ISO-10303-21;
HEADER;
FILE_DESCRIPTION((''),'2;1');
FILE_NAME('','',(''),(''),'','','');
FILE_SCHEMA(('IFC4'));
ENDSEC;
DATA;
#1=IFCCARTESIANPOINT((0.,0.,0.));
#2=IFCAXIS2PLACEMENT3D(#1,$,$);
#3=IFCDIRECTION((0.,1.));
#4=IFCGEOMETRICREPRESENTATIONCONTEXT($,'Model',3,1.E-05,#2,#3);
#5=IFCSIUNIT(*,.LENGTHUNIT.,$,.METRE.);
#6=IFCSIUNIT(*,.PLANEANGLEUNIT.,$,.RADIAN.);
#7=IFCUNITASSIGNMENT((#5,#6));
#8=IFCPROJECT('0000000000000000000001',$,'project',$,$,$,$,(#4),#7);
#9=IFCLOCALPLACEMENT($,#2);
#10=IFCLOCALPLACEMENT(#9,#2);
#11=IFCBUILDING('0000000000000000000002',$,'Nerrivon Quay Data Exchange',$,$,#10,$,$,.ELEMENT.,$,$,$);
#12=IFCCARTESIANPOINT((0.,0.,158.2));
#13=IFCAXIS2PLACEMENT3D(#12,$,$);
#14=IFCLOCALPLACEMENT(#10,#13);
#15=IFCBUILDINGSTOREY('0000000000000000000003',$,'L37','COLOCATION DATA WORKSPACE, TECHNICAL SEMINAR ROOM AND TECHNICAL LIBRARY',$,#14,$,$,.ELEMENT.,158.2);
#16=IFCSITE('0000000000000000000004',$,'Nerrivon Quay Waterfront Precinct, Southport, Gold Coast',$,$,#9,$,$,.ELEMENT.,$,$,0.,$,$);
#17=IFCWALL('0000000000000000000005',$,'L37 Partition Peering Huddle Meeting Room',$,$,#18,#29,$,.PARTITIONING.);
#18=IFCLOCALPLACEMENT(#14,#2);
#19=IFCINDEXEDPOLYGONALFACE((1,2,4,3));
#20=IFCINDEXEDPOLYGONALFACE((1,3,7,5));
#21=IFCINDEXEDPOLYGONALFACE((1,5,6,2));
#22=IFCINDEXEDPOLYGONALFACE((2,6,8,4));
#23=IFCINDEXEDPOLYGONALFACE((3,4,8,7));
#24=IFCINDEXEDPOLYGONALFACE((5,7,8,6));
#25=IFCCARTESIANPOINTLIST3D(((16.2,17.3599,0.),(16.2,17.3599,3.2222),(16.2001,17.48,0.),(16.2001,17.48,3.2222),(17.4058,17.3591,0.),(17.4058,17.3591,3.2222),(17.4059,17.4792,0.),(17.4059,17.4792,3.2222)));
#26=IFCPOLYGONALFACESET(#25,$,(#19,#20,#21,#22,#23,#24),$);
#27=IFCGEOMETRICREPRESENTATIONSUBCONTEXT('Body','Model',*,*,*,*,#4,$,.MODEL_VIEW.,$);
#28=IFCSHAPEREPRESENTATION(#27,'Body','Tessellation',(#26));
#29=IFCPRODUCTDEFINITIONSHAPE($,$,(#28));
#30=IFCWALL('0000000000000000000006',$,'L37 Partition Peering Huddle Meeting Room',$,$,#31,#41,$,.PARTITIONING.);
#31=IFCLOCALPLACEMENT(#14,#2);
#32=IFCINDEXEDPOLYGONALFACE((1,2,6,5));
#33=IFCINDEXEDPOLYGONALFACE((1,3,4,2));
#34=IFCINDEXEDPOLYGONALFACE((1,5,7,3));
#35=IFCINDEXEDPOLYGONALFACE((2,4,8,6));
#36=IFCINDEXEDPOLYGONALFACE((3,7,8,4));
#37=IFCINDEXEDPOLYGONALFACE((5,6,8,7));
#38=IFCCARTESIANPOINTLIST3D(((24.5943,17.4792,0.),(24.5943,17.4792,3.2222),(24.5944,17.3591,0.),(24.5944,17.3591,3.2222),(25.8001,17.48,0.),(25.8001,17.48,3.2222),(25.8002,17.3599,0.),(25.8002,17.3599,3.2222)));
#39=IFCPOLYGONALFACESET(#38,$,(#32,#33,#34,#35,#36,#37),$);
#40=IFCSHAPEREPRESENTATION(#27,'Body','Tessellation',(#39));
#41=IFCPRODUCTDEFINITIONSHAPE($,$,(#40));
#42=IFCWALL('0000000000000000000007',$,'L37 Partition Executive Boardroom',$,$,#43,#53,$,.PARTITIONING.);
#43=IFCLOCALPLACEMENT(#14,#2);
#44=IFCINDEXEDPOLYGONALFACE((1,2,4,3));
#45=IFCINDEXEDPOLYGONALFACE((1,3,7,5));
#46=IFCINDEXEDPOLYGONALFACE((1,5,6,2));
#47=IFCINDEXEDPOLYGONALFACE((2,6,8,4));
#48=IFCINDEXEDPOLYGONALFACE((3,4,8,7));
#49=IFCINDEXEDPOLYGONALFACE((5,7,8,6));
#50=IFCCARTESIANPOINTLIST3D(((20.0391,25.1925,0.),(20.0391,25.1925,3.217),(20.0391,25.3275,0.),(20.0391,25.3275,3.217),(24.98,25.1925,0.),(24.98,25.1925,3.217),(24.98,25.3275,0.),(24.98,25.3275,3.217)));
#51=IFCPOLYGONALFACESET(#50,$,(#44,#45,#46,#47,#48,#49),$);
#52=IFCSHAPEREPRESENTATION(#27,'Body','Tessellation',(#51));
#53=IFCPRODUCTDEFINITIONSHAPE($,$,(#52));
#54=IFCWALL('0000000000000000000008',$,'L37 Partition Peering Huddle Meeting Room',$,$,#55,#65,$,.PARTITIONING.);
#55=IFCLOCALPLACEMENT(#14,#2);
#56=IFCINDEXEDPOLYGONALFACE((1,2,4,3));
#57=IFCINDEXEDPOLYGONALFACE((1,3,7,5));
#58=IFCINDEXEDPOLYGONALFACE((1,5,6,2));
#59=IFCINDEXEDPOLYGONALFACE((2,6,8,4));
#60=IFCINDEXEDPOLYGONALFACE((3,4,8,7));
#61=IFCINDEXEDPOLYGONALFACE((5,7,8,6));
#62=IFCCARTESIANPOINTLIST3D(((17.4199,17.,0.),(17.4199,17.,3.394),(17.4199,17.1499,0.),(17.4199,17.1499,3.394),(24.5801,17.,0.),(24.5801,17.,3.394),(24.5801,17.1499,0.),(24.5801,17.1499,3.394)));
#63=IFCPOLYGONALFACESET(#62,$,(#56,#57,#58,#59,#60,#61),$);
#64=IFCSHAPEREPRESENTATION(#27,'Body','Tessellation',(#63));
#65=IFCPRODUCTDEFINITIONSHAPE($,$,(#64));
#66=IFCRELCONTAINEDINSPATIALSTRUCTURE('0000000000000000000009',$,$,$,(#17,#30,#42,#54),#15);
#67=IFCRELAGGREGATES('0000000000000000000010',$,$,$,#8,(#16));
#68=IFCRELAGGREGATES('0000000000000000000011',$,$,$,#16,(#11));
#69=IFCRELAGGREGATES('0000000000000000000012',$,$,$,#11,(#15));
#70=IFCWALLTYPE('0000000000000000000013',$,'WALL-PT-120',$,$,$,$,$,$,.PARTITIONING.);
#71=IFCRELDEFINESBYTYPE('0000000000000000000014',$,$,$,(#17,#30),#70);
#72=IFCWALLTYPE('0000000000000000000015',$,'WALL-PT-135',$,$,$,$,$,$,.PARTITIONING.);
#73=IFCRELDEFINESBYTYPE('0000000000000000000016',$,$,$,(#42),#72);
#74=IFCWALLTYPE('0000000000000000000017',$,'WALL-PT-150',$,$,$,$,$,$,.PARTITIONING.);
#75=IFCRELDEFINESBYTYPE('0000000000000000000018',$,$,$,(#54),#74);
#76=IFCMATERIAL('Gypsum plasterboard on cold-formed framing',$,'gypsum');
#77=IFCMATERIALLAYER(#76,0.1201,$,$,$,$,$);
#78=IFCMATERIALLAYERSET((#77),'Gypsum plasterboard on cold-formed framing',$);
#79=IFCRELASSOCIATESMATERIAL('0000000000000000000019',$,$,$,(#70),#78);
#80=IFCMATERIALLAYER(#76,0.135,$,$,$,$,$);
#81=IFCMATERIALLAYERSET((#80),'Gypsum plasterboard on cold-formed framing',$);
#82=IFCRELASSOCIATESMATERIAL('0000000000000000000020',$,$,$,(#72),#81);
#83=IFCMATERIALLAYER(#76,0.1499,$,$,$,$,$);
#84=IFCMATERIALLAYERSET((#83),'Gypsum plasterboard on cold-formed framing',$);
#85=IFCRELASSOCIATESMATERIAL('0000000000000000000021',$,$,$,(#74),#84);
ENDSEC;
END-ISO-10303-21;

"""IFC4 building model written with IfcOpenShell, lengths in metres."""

from ifc_helpers import new_model, si_unit, direction, frame, frame_2d, origin, place, context, subcontext, project, spatial, rectangle, extrude, material, layer, layer_set, type_object, element, save


model = new_model("IFC4")

# Units and contexts
model_context = context("Model", 3, precision=1e-05, world=origin(), true_north=direction((0.0, 1.0)))
body_context = subcontext(model_context, "Body", "Model", "MODEL_VIEW")
ifc_project = project(units=[si_unit("LENGTHUNIT", "METRE"), si_unit("PLANEANGLEUNIT", "RADIAN")], contexts=[model_context])

# Site, building, storey
site_placement = place(None, origin())
site = spatial("IfcSite", under=ifc_project, at=site_placement, Name="Nerrivon Quay Waterfront Precinct, Southport, Gold Coast", CompositionType="ELEMENT", RefElevation=0.0)
building_placement = place(site_placement, origin())
building = spatial("IfcBuilding", under=site, at=building_placement, Name="Nerrivon Quay Data Exchange", CompositionType="ELEMENT")
storey_placement = place(building_placement, frame((0.0, 0.0, 158.2)))
storey = spatial("IfcBuildingStorey", under=building, at=storey_placement, Name="L37", Description="COLOCATION DATA WORKSPACE, TECHNICAL SEMINAR ROOM AND TECHNICAL LIBRARY", CompositionType="ELEMENT", Elevation=158.2)

# Shared definitions
ifc_material_1 = material(Name="Gypsum plasterboard on cold-formed framing", Category="gypsum")

# Walls
ifc_layer_1 = layer(ifc_material_1, 0.1201)
ifc_layer_set_1 = layer_set([ifc_layer_1], Name="Gypsum plasterboard on cold-formed framing")
wall_type_1 = type_object("IfcWallType", Name="WALL-PT-120", PredefinedType="PARTITIONING", material=ifc_layer_set_1)
for number, where, z_axis, x_axis, name in (
    (1, (16.2, 17.4199, 0.0), (0.0, 0.0, 1.0), (1.0, -0.000607, 0.0), "L37 Partition Peering Huddle Meeting Room"),
    (2, (24.5942, 17.4192, 0.0), (0.0, 0.0, 1.0), (1.0, 0.000607, 0.0), "L37 Partition Peering Huddle Meeting Room"),
):
    element("IfcWall", number, at=place(storey_placement, frame(where, z_axis=z_axis, x_axis=x_axis)), inside=storey, type_object=wall_type_1, Name=name, PredefinedType="PARTITIONING", context=body_context, shape_type="SweptSolid", body=[
        extrude(rectangle(XDim=1.2058, YDim=0.1201, at=frame_2d((0.603, 0.0))), origin(), (0.0, 0.0, 1.0), 3.2222),
    ])
ifc_layer_2 = layer(ifc_material_1, 0.135)
ifc_layer_set_2 = layer_set([ifc_layer_2], Name="Gypsum plasterboard on cold-formed framing")
wall_type_2 = type_object("IfcWallType", Name="WALL-PT-135", PredefinedType="PARTITIONING", material=ifc_layer_set_2)
wall_1_placement = place(storey_placement, frame((20.0391, 25.26, 0.0), z_axis=(0.0, 0.0, 1.0), x_axis=(1.0, 0.0, 0.0)))
element("IfcWall", 3, at=wall_1_placement, inside=storey, type_object=wall_type_2, Name="L37 Partition Executive Boardroom", PredefinedType="PARTITIONING", context=body_context, shape_type="SweptSolid", body=[
    extrude(rectangle(XDim=4.9409, YDim=0.135, at=frame_2d((2.4705, 0.0))), origin(), (0.0, 0.0, 1.0), 3.217),
])
ifc_layer_3 = layer(ifc_material_1, 0.1499)
ifc_layer_set_3 = layer_set([ifc_layer_3], Name="Gypsum plasterboard on cold-formed framing")
wall_type_3 = type_object("IfcWallType", Name="WALL-PT-150", PredefinedType="PARTITIONING", material=ifc_layer_set_3)
wall_2_placement = place(storey_placement, frame((17.4199, 17.075, 0.0), z_axis=(0.0, 0.0, 1.0), x_axis=(1.0, 0.0, 0.0)))
element("IfcWall", 4, at=wall_2_placement, inside=storey, type_object=wall_type_3, Name="L37 Partition Peering Huddle Meeting Room", PredefinedType="PARTITIONING", context=body_context, shape_type="SweptSolid", body=[
    extrude(rectangle(XDim=7.1602, YDim=0.1499, at=frame_2d((3.5801, 0.0))), origin(), (0.0, 0.0, 1.0), 3.394),
])

save(model, "model.ifc")
